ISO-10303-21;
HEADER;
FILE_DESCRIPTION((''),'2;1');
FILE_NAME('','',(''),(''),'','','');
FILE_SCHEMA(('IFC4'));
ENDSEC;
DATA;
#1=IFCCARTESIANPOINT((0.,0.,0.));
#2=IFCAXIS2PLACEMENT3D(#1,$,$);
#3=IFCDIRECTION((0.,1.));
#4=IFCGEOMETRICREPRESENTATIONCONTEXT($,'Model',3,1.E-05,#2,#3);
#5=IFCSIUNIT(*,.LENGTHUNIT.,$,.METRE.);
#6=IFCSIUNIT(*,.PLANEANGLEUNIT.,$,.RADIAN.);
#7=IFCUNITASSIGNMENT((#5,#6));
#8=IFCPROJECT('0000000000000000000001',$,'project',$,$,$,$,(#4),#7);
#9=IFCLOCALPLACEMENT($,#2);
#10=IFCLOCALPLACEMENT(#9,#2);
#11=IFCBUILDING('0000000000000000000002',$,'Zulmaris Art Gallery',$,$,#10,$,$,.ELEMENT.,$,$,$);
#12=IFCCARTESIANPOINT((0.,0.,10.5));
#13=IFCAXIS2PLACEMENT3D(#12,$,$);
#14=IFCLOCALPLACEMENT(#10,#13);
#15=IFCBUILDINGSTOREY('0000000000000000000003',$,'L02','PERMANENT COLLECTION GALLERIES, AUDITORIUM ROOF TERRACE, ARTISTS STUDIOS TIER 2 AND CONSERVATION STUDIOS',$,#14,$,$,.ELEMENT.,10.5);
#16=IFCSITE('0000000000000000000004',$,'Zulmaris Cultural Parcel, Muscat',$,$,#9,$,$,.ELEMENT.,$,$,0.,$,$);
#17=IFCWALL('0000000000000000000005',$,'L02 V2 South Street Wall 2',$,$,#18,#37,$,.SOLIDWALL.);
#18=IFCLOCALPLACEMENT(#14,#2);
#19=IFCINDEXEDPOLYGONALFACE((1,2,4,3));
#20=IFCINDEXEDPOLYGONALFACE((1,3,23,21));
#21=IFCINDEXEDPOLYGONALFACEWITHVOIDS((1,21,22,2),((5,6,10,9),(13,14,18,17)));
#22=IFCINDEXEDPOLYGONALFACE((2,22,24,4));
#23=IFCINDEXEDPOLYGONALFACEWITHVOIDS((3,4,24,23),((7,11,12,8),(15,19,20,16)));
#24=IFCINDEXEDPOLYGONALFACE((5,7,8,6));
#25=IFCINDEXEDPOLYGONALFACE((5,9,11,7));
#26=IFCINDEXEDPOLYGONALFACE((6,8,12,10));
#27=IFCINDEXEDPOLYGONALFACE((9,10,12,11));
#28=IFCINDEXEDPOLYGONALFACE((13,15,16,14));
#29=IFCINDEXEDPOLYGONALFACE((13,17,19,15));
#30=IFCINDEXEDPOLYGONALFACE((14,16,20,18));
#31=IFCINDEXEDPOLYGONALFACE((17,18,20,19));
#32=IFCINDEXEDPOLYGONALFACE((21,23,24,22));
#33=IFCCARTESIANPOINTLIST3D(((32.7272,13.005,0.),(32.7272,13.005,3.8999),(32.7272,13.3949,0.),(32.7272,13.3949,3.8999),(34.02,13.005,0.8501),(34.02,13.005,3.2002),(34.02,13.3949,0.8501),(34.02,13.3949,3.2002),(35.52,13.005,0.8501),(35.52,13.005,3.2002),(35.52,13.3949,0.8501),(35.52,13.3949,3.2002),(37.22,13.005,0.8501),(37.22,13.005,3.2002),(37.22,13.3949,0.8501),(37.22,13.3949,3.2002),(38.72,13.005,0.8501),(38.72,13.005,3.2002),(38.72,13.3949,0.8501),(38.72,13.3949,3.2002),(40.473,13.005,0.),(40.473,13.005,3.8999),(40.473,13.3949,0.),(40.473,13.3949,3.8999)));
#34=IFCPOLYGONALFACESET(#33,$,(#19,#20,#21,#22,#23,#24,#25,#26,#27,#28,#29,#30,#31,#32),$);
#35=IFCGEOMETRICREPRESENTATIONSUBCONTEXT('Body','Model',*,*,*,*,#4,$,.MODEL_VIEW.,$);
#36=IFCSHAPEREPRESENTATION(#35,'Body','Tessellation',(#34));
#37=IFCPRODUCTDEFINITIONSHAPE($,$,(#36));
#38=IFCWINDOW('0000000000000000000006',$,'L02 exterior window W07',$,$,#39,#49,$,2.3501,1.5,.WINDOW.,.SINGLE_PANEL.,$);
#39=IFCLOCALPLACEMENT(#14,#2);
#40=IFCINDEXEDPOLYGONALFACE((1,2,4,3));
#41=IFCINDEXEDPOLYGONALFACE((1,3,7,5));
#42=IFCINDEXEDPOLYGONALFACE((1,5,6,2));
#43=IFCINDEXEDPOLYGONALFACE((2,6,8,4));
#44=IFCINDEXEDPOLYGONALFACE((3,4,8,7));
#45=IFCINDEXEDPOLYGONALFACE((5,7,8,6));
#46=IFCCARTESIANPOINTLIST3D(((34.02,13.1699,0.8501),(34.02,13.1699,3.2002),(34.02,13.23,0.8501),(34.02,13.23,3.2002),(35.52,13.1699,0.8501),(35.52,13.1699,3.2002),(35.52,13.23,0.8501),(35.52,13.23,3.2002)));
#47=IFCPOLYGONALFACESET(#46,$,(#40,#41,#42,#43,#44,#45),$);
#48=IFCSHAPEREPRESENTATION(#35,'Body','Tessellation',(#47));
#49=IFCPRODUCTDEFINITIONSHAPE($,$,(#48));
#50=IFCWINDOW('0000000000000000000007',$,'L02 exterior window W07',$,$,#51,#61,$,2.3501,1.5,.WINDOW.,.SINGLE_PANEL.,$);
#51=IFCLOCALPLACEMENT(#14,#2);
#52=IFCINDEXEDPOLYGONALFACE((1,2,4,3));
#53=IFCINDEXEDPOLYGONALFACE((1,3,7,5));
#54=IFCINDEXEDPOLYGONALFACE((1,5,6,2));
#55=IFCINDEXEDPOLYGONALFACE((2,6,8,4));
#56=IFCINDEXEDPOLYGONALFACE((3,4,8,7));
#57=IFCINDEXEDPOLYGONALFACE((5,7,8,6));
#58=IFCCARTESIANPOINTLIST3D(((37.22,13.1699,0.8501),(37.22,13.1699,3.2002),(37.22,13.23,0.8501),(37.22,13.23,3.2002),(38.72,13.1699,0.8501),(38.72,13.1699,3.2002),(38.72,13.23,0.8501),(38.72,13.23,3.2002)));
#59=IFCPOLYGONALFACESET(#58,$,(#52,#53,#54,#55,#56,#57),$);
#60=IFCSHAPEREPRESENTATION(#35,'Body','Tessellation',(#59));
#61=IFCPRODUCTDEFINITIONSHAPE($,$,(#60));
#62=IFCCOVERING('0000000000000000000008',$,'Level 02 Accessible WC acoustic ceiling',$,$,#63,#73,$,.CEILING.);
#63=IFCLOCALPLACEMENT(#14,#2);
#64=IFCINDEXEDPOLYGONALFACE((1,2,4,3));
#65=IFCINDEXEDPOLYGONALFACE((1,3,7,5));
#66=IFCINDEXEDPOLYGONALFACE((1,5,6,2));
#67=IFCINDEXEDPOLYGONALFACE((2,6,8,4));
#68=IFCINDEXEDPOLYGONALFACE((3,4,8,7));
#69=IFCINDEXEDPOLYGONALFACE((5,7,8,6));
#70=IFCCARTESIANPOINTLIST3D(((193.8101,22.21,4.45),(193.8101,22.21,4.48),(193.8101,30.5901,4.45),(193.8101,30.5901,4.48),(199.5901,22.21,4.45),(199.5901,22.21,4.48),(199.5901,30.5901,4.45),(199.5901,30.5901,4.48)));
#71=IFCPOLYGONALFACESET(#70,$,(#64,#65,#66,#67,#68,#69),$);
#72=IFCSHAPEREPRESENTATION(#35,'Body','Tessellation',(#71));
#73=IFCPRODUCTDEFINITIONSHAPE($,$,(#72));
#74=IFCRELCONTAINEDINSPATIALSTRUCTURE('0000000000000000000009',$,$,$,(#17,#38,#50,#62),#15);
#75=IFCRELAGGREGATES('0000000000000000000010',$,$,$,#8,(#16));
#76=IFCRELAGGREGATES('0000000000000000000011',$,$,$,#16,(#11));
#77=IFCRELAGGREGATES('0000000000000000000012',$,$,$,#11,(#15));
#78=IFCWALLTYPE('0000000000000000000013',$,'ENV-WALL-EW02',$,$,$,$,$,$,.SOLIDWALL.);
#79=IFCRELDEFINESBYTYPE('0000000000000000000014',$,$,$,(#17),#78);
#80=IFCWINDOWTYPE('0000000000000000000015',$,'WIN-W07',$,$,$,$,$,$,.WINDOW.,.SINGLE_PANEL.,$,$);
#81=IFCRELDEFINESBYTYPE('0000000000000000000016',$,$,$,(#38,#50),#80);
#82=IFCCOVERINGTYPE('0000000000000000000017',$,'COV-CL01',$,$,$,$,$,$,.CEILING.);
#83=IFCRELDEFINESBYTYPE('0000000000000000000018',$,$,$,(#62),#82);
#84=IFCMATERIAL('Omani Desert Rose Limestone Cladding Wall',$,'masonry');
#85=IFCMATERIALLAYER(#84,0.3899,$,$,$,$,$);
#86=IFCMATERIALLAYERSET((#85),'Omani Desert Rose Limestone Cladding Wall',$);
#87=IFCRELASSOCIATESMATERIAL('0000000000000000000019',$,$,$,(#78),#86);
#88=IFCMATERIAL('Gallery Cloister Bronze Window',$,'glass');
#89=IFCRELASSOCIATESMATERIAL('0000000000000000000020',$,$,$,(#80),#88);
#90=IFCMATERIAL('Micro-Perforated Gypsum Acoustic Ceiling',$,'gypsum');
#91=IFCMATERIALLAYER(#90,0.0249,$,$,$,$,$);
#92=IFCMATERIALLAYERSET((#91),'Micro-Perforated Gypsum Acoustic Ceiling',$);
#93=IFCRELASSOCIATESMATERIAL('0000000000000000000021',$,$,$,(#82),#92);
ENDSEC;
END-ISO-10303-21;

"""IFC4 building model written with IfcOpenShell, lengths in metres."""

from ifc_helpers import new_model, si_unit, direction, frame, frame_2d, origin, place, context, subcontext, project, spatial, polyline, rectangle, outline, extrude, material, layer, layer_set, type_object, element, fill, save


model = new_model("IFC4")

# Units and contexts
model_context = context("Model", 3, precision=1e-05, world=origin(), true_north=direction((0.0, 1.0)))
body_context = subcontext(model_context, "Body", "Model", "MODEL_VIEW")
ifc_project = project(units=[si_unit("LENGTHUNIT", "METRE"), si_unit("PLANEANGLEUNIT", "RADIAN")], contexts=[model_context])

# Site, building, storey
site_placement = place(None, origin())
site = spatial("IfcSite", under=ifc_project, at=site_placement, Name="Zulmaris Cultural Parcel, Muscat", CompositionType="ELEMENT", RefElevation=0.0)
building_placement = place(site_placement, origin())
building = spatial("IfcBuilding", under=site, at=building_placement, Name="Zulmaris Art Gallery", CompositionType="ELEMENT")
storey_placement = place(building_placement, frame((0.0, 0.0, 10.5)))
storey = spatial("IfcBuildingStorey", under=building, at=storey_placement, Name="L02", Description="PERMANENT COLLECTION GALLERIES, AUDITORIUM ROOF TERRACE, ARTISTS STUDIOS TIER 2 AND CONSERVATION STUDIOS", CompositionType="ELEMENT", Elevation=10.5)

# Wall, openings, windows
ifc_material_1 = material(Name="Omani Desert Rose Limestone Cladding Wall", Category="masonry")
ifc_layer_1 = layer(ifc_material_1, 0.3899)
ifc_layer_set_1 = layer_set([ifc_layer_1], Name="Omani Desert Rose Limestone Cladding Wall")
wall_type = type_object("IfcWallType", Name="ENV-WALL-EW02", PredefinedType="SOLIDWALL", material=ifc_layer_set_1)
ifc_material_2 = material(Name="Gallery Cloister Bronze Window", Category="glass")
window_type = type_object("IfcWindowType", Name="WIN-W07", PartitioningType="SINGLE_PANEL", PredefinedType="WINDOW", material=ifc_material_2)
wall_1_placement = place(storey_placement, frame((32.7271, 13.2, 0.0), z_axis=(0.0, 0.0, 1.0), x_axis=(1.0, 0.0, 0.0)))
wall_1 = element("IfcWall", 1, at=wall_1_placement, inside=storey, type_object=wall_type, Name="L02 V2 South Street Wall 2", PredefinedType="SOLIDWALL", context=body_context, shape_type="SweptSolid", body=[
    extrude(rectangle(XDim=7.7458, YDim=0.3899, at=frame_2d((3.873, 0.0))), origin(), (0.0, 0.0, 1.0), 3.8999),
])
opening_1_placement = place(wall_1_placement, frame((1.293, 0.0, 0.8501)))
opening_1 = element("IfcOpeningElement", 2, at=opening_1_placement, cuts=wall_1, PredefinedType="OPENING", context=body_context, shape_type="SweptSolid", body=[
    extrude(rectangle(XDim=1.5, YDim=2.3501, at=frame_2d((0.75, 1.175))), frame((0.0, 0.2048, 0.0), z_axis=(0.0, -1.0, 0.0), x_axis=(1.0, 0.0, 0.0)), (0.0, 0.0, 1.0), 0.4099),
])
opening_2_placement = place(wall_1_placement, frame((4.4929, 0.0, 0.8501)))
opening_2 = element("IfcOpeningElement", 3, at=opening_2_placement, cuts=wall_1, PredefinedType="OPENING", context=body_context, shape_type="SweptSolid", body=[
    extrude(rectangle(XDim=1.5, YDim=2.3501, at=frame_2d((0.75, 1.175))), frame((0.0, 0.2048, 0.0), z_axis=(0.0, -1.0, 0.0), x_axis=(1.0, 0.0, 0.0)), (0.0, 0.0, 1.0), 0.4099),
])
window_1_placement = place(opening_1_placement, origin())
window_1 = element("IfcWindow", 4, at=window_1_placement, inside=storey, type_object=window_type, Name="L02 exterior window W07", OverallHeight=2.3501, OverallWidth=1.5, PartitioningType="SINGLE_PANEL", PredefinedType="WINDOW", context=body_context, shape_type="SweptSolid", body=[
    extrude(rectangle(XDim=1.5, YDim=2.3501, at=frame_2d((0.75, 1.175))), frame((0.0, 0.03, 0.0), z_axis=(0.0, -1.0, 0.0), x_axis=(1.0, 0.0, 0.0)), (0.0, 0.0, 1.0), 0.0601),
])
fill(opening_1, window_1)
window_2_placement = place(opening_2_placement, origin())
window_2 = element("IfcWindow", 5, at=window_2_placement, inside=storey, type_object=window_type, Name="L02 exterior window W07", OverallHeight=2.3501, OverallWidth=1.5, PartitioningType="SINGLE_PANEL", PredefinedType="WINDOW", context=body_context, shape_type="SweptSolid", body=[
    extrude(rectangle(XDim=1.5, YDim=2.3501, at=frame_2d((0.75, 1.175))), frame((0.0, 0.03, 0.0), z_axis=(0.0, -1.0, 0.0), x_axis=(1.0, 0.0, 0.0)), (0.0, 0.0, 1.0), 0.0601),
])
fill(opening_2, window_2)

# Covering
ifc_material_3 = material(Name="Micro-Perforated Gypsum Acoustic Ceiling", Category="gypsum")
ifc_layer_2 = layer(ifc_material_3, 0.0249)
ifc_layer_set_2 = layer_set([ifc_layer_2], Name="Micro-Perforated Gypsum Acoustic Ceiling")
covering_type = type_object("IfcCoveringType", Name="COV-CL01", PredefinedType="CEILING", material=ifc_layer_set_2)
covering_placement = place(storey_placement, frame((0.0, 0.0, 4.45)))
element("IfcCovering", 6, at=covering_placement, inside=storey, type_object=covering_type, Name="Level 02 Accessible WC acoustic ceiling", PredefinedType="CEILING", context=body_context, shape_type="SweptSolid", body=[
    extrude(outline(polyline([(193.8101, 30.5901), (199.5901, 30.5901), (199.5901, 22.21), (193.8101, 22.21), (193.8101, 30.5901)])), origin(), (0.0, 0.0, 1.0), 0.03),
])

save(model, "model.ifc")
